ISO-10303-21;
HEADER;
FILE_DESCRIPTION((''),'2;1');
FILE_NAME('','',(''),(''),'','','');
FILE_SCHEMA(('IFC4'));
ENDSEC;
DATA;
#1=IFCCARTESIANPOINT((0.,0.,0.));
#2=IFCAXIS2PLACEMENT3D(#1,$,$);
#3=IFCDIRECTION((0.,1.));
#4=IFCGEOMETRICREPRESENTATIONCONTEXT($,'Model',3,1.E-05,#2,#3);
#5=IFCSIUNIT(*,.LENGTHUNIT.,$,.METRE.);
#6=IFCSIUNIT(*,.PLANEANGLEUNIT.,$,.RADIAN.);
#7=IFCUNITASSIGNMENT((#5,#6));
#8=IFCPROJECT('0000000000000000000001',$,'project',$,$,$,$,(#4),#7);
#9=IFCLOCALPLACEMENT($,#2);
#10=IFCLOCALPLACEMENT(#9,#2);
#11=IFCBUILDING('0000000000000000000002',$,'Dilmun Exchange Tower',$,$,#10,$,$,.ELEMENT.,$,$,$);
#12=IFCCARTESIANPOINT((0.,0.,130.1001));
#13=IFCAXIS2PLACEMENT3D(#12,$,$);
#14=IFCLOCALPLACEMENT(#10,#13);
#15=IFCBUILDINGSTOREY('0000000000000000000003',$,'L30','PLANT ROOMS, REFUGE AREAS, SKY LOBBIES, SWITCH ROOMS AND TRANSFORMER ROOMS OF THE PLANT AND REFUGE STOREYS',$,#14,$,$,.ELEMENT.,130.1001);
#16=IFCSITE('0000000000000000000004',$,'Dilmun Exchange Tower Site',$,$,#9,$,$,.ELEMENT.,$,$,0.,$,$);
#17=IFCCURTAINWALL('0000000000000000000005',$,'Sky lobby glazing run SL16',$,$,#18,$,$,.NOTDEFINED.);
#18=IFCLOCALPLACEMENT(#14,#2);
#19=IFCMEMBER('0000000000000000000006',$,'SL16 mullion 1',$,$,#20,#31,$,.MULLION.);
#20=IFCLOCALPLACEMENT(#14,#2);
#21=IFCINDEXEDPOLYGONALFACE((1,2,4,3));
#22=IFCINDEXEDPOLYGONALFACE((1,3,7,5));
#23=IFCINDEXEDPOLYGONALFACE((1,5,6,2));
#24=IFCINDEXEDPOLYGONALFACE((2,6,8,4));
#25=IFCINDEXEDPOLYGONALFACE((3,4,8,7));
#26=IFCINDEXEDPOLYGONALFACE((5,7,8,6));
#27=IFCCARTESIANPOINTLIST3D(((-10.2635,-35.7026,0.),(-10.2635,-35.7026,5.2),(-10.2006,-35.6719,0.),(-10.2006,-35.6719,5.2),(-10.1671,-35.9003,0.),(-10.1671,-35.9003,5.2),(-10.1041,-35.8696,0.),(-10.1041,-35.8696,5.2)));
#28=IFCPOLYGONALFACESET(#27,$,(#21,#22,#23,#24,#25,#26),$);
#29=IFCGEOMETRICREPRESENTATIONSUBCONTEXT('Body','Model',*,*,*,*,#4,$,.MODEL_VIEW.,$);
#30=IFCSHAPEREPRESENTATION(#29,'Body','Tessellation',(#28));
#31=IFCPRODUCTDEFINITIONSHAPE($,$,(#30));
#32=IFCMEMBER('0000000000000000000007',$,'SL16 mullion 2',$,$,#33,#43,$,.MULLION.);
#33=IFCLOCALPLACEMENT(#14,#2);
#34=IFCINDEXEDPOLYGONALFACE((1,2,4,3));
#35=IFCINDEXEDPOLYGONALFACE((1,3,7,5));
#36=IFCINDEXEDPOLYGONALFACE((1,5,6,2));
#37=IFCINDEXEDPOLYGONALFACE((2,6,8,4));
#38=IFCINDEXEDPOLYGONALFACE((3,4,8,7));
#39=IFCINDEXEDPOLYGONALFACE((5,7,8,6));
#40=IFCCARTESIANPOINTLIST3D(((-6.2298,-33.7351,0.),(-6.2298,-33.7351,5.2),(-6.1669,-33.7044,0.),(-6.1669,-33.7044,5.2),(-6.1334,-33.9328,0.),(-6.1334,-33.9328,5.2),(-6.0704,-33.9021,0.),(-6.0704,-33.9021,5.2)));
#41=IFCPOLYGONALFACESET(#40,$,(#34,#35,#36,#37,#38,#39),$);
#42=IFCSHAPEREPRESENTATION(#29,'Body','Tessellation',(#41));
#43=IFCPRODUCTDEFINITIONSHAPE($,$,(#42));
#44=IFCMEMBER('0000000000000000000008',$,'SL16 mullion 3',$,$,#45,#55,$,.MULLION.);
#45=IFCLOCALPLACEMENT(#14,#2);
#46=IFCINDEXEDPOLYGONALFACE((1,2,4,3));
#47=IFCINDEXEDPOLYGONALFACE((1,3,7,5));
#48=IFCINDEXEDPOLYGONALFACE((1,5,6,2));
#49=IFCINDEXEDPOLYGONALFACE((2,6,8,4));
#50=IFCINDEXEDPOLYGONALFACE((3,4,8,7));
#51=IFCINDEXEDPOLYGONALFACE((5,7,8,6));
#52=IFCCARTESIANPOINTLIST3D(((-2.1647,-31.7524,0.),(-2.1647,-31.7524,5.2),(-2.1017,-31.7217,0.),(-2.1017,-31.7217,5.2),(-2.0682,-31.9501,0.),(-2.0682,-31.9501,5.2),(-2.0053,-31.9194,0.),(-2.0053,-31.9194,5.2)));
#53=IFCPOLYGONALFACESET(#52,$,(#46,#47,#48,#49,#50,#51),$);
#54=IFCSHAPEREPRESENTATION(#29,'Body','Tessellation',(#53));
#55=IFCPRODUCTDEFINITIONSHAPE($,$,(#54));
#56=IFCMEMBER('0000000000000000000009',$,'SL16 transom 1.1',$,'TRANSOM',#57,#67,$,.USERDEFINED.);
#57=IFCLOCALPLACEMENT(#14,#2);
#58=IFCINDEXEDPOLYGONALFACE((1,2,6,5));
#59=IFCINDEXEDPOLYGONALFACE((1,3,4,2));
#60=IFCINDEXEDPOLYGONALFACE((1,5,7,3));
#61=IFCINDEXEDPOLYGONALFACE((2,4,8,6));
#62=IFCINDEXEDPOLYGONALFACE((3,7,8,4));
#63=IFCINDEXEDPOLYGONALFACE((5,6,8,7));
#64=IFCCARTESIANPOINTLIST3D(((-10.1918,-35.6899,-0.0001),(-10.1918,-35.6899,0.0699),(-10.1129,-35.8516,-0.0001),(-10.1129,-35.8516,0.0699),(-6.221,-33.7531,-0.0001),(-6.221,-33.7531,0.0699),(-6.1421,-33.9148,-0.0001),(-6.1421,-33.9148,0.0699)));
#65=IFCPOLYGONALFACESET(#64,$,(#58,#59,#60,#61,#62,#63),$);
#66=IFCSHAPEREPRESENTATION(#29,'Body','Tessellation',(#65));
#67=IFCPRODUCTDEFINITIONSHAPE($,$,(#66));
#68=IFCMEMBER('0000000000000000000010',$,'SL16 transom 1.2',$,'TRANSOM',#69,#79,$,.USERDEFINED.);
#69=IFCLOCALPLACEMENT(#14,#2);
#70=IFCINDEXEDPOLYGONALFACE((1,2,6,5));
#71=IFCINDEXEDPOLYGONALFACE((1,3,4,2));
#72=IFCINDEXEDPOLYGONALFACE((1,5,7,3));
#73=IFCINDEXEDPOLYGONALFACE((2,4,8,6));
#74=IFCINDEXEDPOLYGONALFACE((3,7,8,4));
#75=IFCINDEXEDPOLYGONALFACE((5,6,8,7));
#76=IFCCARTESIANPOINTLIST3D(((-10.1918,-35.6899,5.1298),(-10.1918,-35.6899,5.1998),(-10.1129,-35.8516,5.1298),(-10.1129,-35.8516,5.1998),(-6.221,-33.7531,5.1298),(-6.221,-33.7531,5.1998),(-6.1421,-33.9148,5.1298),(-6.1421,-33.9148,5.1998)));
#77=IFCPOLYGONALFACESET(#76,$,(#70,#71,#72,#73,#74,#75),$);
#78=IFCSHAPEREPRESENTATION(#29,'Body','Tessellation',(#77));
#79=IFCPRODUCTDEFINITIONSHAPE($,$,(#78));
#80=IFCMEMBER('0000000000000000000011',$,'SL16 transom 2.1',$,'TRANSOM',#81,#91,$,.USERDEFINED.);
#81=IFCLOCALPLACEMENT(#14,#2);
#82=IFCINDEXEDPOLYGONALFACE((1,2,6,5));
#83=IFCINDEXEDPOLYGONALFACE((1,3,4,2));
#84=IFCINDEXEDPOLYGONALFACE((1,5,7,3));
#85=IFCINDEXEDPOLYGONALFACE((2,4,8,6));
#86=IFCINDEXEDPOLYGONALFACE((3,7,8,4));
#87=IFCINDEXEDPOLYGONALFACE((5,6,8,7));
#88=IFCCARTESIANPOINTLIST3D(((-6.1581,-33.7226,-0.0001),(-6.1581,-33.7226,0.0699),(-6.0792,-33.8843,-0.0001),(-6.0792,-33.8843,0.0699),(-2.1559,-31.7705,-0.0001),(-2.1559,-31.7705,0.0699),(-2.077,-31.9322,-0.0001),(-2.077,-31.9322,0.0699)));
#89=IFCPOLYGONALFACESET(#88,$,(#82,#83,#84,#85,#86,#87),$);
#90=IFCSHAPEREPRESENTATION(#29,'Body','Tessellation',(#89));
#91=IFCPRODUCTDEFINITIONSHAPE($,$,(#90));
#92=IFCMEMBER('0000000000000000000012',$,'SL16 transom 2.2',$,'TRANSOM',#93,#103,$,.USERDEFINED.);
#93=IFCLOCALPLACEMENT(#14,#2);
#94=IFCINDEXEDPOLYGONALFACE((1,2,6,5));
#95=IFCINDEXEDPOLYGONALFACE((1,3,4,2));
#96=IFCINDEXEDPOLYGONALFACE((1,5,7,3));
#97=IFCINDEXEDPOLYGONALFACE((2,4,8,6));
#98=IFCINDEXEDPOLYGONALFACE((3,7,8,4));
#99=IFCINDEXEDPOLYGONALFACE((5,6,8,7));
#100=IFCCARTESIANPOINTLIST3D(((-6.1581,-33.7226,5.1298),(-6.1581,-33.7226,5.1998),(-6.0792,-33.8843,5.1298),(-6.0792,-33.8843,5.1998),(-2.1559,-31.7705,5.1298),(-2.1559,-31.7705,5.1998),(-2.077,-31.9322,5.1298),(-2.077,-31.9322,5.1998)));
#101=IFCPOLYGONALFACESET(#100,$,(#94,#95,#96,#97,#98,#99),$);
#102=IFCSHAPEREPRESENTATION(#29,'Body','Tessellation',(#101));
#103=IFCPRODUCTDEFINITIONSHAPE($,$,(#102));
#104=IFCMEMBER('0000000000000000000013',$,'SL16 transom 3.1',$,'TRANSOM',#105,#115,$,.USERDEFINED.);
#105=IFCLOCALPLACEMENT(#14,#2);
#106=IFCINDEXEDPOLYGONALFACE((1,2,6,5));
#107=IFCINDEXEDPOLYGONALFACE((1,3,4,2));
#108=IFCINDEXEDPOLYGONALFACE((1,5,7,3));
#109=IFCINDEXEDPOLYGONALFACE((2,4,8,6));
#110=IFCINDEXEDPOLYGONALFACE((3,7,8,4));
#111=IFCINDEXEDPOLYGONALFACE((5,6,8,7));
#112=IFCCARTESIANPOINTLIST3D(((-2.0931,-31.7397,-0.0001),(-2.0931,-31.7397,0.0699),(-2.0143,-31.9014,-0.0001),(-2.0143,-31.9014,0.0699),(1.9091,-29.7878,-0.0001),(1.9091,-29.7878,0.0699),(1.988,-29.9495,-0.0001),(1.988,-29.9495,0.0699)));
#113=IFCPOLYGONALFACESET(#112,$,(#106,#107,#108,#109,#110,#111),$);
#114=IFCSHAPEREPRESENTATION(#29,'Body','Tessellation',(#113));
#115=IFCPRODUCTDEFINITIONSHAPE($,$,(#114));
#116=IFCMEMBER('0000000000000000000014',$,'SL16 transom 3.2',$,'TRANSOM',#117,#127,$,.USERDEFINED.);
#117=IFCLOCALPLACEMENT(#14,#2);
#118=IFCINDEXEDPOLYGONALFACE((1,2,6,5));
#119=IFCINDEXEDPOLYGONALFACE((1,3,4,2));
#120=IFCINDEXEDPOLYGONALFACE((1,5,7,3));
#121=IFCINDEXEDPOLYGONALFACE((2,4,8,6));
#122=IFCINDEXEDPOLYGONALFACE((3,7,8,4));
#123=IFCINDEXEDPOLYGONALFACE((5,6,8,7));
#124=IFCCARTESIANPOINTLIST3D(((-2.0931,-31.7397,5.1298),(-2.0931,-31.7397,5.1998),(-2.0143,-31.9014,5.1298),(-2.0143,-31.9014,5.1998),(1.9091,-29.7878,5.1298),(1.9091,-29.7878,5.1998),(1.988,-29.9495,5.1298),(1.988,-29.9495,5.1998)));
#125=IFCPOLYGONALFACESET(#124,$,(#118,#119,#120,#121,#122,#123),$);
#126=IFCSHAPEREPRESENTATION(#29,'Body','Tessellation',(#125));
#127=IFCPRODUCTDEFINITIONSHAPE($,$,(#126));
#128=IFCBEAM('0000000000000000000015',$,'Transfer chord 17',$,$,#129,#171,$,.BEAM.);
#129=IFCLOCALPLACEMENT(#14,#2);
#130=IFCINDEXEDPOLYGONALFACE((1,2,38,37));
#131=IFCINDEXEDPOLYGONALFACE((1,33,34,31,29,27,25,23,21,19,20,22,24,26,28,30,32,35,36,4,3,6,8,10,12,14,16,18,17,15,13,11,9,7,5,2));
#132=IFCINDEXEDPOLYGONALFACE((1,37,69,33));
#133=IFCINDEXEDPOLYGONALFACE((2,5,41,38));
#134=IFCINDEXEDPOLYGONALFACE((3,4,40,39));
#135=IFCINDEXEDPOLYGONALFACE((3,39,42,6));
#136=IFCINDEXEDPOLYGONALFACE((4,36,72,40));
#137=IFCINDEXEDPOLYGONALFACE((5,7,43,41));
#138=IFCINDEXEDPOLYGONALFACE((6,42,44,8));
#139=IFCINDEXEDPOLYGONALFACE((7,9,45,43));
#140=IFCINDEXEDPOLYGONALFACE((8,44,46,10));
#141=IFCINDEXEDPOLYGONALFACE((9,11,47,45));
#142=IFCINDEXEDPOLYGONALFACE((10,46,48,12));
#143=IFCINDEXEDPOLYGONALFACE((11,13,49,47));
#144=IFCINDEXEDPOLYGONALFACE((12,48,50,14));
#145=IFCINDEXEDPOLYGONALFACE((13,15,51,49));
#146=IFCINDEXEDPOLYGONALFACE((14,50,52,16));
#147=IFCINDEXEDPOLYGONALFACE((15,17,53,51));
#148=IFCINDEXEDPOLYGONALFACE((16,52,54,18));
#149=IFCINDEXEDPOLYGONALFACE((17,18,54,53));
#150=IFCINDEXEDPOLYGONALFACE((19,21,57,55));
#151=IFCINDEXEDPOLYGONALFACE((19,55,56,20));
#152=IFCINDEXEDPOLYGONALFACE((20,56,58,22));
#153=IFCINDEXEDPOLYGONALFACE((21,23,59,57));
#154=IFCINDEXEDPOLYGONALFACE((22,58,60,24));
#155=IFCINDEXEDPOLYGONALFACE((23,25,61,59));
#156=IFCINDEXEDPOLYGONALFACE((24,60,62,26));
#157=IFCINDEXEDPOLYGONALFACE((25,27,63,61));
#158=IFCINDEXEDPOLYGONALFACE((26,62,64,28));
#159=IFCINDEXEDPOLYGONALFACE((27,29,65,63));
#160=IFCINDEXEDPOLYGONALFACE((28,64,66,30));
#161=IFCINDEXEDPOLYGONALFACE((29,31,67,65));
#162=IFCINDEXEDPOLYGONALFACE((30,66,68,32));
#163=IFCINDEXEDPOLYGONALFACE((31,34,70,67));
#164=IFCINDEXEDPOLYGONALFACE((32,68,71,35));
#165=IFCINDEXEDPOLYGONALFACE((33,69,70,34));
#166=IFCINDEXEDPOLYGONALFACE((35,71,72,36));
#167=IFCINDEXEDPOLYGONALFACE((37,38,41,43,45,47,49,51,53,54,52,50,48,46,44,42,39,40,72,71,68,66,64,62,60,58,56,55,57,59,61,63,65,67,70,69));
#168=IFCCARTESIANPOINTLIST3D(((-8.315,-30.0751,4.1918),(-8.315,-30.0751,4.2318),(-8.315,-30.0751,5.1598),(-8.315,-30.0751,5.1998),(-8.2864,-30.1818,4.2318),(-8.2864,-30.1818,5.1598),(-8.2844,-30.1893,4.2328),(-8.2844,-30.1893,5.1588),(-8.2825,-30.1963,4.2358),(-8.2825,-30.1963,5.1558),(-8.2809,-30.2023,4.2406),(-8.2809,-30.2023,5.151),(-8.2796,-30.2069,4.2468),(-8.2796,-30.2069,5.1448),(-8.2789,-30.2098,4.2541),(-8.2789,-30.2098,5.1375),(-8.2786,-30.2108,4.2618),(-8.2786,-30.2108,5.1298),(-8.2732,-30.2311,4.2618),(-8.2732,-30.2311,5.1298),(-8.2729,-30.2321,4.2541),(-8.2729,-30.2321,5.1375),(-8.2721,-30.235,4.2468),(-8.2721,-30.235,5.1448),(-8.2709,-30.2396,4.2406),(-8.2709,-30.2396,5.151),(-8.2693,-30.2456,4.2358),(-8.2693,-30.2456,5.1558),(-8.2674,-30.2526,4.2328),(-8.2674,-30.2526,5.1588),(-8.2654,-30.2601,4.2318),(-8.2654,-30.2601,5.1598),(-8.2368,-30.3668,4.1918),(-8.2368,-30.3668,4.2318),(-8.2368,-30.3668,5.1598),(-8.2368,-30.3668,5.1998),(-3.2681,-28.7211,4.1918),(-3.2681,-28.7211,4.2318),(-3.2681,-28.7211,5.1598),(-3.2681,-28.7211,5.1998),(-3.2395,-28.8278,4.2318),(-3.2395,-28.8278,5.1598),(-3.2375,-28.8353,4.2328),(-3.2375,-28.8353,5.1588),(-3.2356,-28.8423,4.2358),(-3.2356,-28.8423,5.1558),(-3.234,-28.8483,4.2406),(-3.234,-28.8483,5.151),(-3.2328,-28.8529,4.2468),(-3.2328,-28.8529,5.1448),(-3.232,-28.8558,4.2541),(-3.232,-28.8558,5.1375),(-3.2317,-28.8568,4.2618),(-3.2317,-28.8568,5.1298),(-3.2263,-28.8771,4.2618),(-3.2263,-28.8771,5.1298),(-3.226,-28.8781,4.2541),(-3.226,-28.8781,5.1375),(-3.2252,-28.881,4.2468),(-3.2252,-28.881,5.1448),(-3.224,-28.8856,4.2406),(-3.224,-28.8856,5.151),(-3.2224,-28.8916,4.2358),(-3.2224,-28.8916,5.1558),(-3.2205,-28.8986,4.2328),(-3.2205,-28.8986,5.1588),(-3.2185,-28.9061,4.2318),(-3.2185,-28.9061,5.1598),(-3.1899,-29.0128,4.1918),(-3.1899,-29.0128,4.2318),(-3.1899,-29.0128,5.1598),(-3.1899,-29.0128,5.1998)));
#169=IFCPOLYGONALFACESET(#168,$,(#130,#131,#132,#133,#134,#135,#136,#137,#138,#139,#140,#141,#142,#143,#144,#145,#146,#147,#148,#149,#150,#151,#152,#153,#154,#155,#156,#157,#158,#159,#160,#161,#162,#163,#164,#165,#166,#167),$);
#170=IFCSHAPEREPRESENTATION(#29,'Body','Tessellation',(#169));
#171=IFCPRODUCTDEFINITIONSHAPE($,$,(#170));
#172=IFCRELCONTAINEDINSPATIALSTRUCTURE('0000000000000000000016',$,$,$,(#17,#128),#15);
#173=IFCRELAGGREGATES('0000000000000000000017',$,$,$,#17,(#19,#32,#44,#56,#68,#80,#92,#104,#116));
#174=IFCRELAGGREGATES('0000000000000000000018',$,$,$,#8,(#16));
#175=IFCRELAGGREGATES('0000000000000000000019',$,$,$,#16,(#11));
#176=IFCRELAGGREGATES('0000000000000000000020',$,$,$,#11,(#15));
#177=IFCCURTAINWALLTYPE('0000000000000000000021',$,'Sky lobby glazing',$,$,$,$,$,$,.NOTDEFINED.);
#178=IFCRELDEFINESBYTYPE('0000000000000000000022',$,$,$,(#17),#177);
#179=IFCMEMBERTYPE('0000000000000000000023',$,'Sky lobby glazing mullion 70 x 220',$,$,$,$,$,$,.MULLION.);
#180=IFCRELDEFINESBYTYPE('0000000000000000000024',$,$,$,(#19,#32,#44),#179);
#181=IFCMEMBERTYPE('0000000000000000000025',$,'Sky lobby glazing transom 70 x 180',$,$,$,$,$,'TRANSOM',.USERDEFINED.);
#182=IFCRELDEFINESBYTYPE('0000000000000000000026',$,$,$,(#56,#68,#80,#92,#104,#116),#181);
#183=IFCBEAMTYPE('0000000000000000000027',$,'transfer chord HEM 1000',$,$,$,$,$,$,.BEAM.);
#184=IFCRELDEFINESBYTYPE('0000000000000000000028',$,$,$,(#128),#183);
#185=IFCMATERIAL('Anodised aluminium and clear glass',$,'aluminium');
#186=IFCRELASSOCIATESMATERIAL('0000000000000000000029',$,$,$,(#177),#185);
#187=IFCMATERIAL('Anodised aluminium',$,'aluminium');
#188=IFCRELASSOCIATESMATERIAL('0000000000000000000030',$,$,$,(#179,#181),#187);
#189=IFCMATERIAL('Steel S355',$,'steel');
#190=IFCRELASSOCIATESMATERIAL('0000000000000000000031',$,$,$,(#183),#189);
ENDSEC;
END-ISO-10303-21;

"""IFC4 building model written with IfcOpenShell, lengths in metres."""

from ifc_helpers import new_model, si_unit, direction, frame, origin, origin_2d, place, context, subcontext, project, spatial, rectangle, i_section, extrude, material, material_profile, profile_set, type_object, element, aggregate, save


model = new_model("IFC4")

# Units and contexts
model_context = context("Model", 3, precision=1e-05, world=origin(), true_north=direction((0.0, 1.0)))
body_context = subcontext(model_context, "Body", "Model", "MODEL_VIEW")
ifc_project = project(units=[si_unit("LENGTHUNIT", "METRE"), si_unit("PLANEANGLEUNIT", "RADIAN")], contexts=[model_context])

# Site, building, storey
site_placement = place(None, origin())
site = spatial("IfcSite", under=ifc_project, at=site_placement, Name="Dilmun Exchange Tower Site", CompositionType="ELEMENT", RefElevation=0.0)
building_placement = place(site_placement, origin())
building = spatial("IfcBuilding", under=site, at=building_placement, Name="Dilmun Exchange Tower", CompositionType="ELEMENT")
storey_placement = place(building_placement, frame((0.0, 0.0, 130.1001)))
storey = spatial("IfcBuildingStorey", under=building, at=storey_placement, Name="L30", Description="PLANT ROOMS, REFUGE AREAS, SKY LOBBIES, SWITCH ROOMS AND TRANSFORMER ROOMS OF THE PLANT AND REFUGE STOREYS", CompositionType="ELEMENT", Elevation=130.1001)

# Curtain wall, members
ifc_material_1 = material(Name="Anodised aluminium and clear glass", Category="aluminium")
curtain_wall_type = type_object("IfcCurtainWallType", Name="Sky lobby glazing", PredefinedType="NOTDEFINED", material=ifc_material_1)
curtain_wall_placement = place(storey_placement, origin())
curtain_wall = element("IfcCurtainWall", 1, at=curtain_wall_placement, inside=storey, type_object=curtain_wall_type, Name="Sky lobby glazing run SL16", PredefinedType="NOTDEFINED")
ifc_material_2 = material(Name="Anodised aluminium", Category="aluminium")
ifc_material_profile_1 = material_profile(ifc_material_2, rectangle(XDim=0.22, YDim=0.0701, at=origin_2d()), Name="AL 70x220")
ifc_profile_set_1 = profile_set([ifc_material_profile_1], Name="Anodised aluminium")
member_type_1 = type_object("IfcMemberType", Name="Sky lobby glazing mullion 70 x 220", PredefinedType="MULLION", material=ifc_profile_set_1)
member_1_placement = place(storey_placement, frame((-10.1838, -35.7861, 0.0), z_axis=(0.0, 0.0, 1.0), x_axis=(-0.438371, 0.898794, 0.0)))
member_1 = element("IfcMember", 2, at=member_1_placement, type_object=member_type_1, Name="SL16 mullion 1", PredefinedType="MULLION", context=body_context, shape_type="SweptSolid", body=[
    extrude(rectangle(XDim=0.22, YDim=0.0701, at=origin_2d()), origin(), (0.0, 0.0, 1.0), 5.2),
])
member_2_placement = place(storey_placement, frame((-6.1501, -33.8186, 0.0), z_axis=(0.0, 0.0, 1.0), x_axis=(-0.438371, 0.898794, 0.0)))
member_2 = element("IfcMember", 3, at=member_2_placement, type_object=member_type_1, Name="SL16 mullion 2", PredefinedType="MULLION", context=body_context, shape_type="SweptSolid", body=[
    extrude(rectangle(XDim=0.22, YDim=0.0701, at=origin_2d()), origin(), (0.0, 0.0, 1.0), 5.2),
])
member_3_placement = place(storey_placement, frame((-2.085, -31.8359, 0.0), z_axis=(0.0, 0.0, 1.0), x_axis=(-0.438371, 0.898794, 0.0)))
member_3 = element("IfcMember", 4, at=member_3_placement, type_object=member_type_1, Name="SL16 mullion 3", PredefinedType="MULLION", context=body_context, shape_type="SweptSolid", body=[
    extrude(rectangle(XDim=0.22, YDim=0.0701, at=origin_2d()), origin(), (0.0, 0.0, 1.0), 5.2),
])
ifc_material_profile_2 = material_profile(ifc_material_2, rectangle(XDim=0.1799, YDim=0.0701, at=origin_2d()), Name="AL 70x180")
ifc_profile_set_2 = profile_set([ifc_material_profile_2], Name="Anodised aluminium")
member_type_2 = type_object("IfcMemberType", Name="Sky lobby glazing transom 70 x 180", ElementType="TRANSOM", PredefinedType="USERDEFINED", material=ifc_profile_set_2)
member_4_placement = place(storey_placement, frame((-10.1523, -35.7708, 0.0349), z_axis=(0.898783, 0.438394, 0.0), x_axis=(-0.438394, 0.898783, 0.0)))
member_4 = element("IfcMember", 5, at=member_4_placement, type_object=member_type_2, Name="SL16 transom 1.1", ObjectType="TRANSOM", PredefinedType="USERDEFINED", context=body_context, shape_type="SweptSolid", body=[
    extrude(rectangle(XDim=0.1799, YDim=0.0701, at=origin_2d()), origin(), (0.0, 0.0, 1.0), 4.418),
])
member_5_placement = place(storey_placement, frame((-10.1523, -35.7708, 5.1648), z_axis=(0.898783, 0.438394, 0.0), x_axis=(-0.438394, 0.898783, 0.0)))
member_5 = element("IfcMember", 6, at=member_5_placement, type_object=member_type_2, Name="SL16 transom 1.2", ObjectType="TRANSOM", PredefinedType="USERDEFINED", context=body_context, shape_type="SweptSolid", body=[
    extrude(rectangle(XDim=0.1799, YDim=0.0701, at=origin_2d()), origin(), (0.0, 0.0, 1.0), 4.418),
])
member_6_placement = place(storey_placement, frame((-6.1187, -33.8035, 0.0349), z_axis=(0.898781, 0.438398, 0.0), x_axis=(-0.438398, 0.898781, 0.0)))
member_6 = element("IfcMember", 7, at=member_6_placement, type_object=member_type_2, Name="SL16 transom 2.1", ObjectType="TRANSOM", PredefinedType="USERDEFINED", context=body_context, shape_type="SweptSolid", body=[
    extrude(rectangle(XDim=0.1799, YDim=0.0701, at=origin_2d()), origin(), (0.0, 0.0, 1.0), 4.4529),
])
member_7_placement = place(storey_placement, frame((-6.1187, -33.8035, 5.1648), z_axis=(0.898781, 0.438398, 0.0), x_axis=(-0.438398, 0.898781, 0.0)))
member_7 = element("IfcMember", 8, at=member_7_placement, type_object=member_type_2, Name="SL16 transom 2.2", ObjectType="TRANSOM", PredefinedType="USERDEFINED", context=body_context, shape_type="SweptSolid", body=[
    extrude(rectangle(XDim=0.1799, YDim=0.0701, at=origin_2d()), origin(), (0.0, 0.0, 1.0), 4.4529),
])
member_8_placement = place(storey_placement, frame((-2.0537, -31.8206, 0.0349), z_axis=(0.898803, 0.438353, 0.0), x_axis=(-0.438353, 0.898803, 0.0)))
member_8 = element("IfcMember", 9, at=member_8_placement, type_object=member_type_2, Name="SL16 transom 3.1", ObjectType="TRANSOM", PredefinedType="USERDEFINED", context=body_context, shape_type="SweptSolid", body=[
    extrude(rectangle(XDim=0.1799, YDim=0.0701, at=origin_2d()), origin(), (0.0, 0.0, 1.0), 4.4529),
])
member_9_placement = place(storey_placement, frame((-2.0537, -31.8206, 5.1648), z_axis=(0.898803, 0.438353, 0.0), x_axis=(-0.438353, 0.898803, 0.0)))
member_9 = element("IfcMember", 10, at=member_9_placement, type_object=member_type_2, Name="SL16 transom 3.2", ObjectType="TRANSOM", PredefinedType="USERDEFINED", context=body_context, shape_type="SweptSolid", body=[
    extrude(rectangle(XDim=0.1799, YDim=0.0701, at=origin_2d()), origin(), (0.0, 0.0, 1.0), 4.4529),
])

# Beam
ifc_material_3 = material(Name="Steel S355", Category="steel")
ifc_material_profile_3 = material_profile(ifc_material_3, i_section(OverallWidth=0.302, OverallDepth=1.0081, WebThickness=0.021, FlangeThickness=0.04, FilletRadius=0.03, at=origin_2d()), Name="HEM 1000")
ifc_profile_set_3 = profile_set([ifc_material_profile_3], Name="Steel S355")
beam_type = type_object("IfcBeamType", Name="transfer chord HEM 1000", PredefinedType="BEAM", material=ifc_profile_set_3)
beam_placement = place(storey_placement, frame((-8.2759, -30.2209, 4.6958), z_axis=(0.965845, 0.259122, 0.0), x_axis=(-0.259122, 0.965845, 0.0)))
element("IfcBeam", 11, at=beam_placement, inside=storey, type_object=beam_type, Name="Transfer chord 17", PredefinedType="BEAM", context=body_context, shape_type="SweptSolid", body=[
    extrude(i_section(OverallWidth=0.302, OverallDepth=1.0081, WebThickness=0.021, FlangeThickness=0.04, FilletRadius=0.03, at=origin_2d()), origin(), (0.0, 0.0, 1.0), 5.2253),
])

aggregate(curtain_wall, [member_1, member_2, member_3, member_4, member_5, member_6, member_7, member_8, member_9])

save(model, "model.ifc")
